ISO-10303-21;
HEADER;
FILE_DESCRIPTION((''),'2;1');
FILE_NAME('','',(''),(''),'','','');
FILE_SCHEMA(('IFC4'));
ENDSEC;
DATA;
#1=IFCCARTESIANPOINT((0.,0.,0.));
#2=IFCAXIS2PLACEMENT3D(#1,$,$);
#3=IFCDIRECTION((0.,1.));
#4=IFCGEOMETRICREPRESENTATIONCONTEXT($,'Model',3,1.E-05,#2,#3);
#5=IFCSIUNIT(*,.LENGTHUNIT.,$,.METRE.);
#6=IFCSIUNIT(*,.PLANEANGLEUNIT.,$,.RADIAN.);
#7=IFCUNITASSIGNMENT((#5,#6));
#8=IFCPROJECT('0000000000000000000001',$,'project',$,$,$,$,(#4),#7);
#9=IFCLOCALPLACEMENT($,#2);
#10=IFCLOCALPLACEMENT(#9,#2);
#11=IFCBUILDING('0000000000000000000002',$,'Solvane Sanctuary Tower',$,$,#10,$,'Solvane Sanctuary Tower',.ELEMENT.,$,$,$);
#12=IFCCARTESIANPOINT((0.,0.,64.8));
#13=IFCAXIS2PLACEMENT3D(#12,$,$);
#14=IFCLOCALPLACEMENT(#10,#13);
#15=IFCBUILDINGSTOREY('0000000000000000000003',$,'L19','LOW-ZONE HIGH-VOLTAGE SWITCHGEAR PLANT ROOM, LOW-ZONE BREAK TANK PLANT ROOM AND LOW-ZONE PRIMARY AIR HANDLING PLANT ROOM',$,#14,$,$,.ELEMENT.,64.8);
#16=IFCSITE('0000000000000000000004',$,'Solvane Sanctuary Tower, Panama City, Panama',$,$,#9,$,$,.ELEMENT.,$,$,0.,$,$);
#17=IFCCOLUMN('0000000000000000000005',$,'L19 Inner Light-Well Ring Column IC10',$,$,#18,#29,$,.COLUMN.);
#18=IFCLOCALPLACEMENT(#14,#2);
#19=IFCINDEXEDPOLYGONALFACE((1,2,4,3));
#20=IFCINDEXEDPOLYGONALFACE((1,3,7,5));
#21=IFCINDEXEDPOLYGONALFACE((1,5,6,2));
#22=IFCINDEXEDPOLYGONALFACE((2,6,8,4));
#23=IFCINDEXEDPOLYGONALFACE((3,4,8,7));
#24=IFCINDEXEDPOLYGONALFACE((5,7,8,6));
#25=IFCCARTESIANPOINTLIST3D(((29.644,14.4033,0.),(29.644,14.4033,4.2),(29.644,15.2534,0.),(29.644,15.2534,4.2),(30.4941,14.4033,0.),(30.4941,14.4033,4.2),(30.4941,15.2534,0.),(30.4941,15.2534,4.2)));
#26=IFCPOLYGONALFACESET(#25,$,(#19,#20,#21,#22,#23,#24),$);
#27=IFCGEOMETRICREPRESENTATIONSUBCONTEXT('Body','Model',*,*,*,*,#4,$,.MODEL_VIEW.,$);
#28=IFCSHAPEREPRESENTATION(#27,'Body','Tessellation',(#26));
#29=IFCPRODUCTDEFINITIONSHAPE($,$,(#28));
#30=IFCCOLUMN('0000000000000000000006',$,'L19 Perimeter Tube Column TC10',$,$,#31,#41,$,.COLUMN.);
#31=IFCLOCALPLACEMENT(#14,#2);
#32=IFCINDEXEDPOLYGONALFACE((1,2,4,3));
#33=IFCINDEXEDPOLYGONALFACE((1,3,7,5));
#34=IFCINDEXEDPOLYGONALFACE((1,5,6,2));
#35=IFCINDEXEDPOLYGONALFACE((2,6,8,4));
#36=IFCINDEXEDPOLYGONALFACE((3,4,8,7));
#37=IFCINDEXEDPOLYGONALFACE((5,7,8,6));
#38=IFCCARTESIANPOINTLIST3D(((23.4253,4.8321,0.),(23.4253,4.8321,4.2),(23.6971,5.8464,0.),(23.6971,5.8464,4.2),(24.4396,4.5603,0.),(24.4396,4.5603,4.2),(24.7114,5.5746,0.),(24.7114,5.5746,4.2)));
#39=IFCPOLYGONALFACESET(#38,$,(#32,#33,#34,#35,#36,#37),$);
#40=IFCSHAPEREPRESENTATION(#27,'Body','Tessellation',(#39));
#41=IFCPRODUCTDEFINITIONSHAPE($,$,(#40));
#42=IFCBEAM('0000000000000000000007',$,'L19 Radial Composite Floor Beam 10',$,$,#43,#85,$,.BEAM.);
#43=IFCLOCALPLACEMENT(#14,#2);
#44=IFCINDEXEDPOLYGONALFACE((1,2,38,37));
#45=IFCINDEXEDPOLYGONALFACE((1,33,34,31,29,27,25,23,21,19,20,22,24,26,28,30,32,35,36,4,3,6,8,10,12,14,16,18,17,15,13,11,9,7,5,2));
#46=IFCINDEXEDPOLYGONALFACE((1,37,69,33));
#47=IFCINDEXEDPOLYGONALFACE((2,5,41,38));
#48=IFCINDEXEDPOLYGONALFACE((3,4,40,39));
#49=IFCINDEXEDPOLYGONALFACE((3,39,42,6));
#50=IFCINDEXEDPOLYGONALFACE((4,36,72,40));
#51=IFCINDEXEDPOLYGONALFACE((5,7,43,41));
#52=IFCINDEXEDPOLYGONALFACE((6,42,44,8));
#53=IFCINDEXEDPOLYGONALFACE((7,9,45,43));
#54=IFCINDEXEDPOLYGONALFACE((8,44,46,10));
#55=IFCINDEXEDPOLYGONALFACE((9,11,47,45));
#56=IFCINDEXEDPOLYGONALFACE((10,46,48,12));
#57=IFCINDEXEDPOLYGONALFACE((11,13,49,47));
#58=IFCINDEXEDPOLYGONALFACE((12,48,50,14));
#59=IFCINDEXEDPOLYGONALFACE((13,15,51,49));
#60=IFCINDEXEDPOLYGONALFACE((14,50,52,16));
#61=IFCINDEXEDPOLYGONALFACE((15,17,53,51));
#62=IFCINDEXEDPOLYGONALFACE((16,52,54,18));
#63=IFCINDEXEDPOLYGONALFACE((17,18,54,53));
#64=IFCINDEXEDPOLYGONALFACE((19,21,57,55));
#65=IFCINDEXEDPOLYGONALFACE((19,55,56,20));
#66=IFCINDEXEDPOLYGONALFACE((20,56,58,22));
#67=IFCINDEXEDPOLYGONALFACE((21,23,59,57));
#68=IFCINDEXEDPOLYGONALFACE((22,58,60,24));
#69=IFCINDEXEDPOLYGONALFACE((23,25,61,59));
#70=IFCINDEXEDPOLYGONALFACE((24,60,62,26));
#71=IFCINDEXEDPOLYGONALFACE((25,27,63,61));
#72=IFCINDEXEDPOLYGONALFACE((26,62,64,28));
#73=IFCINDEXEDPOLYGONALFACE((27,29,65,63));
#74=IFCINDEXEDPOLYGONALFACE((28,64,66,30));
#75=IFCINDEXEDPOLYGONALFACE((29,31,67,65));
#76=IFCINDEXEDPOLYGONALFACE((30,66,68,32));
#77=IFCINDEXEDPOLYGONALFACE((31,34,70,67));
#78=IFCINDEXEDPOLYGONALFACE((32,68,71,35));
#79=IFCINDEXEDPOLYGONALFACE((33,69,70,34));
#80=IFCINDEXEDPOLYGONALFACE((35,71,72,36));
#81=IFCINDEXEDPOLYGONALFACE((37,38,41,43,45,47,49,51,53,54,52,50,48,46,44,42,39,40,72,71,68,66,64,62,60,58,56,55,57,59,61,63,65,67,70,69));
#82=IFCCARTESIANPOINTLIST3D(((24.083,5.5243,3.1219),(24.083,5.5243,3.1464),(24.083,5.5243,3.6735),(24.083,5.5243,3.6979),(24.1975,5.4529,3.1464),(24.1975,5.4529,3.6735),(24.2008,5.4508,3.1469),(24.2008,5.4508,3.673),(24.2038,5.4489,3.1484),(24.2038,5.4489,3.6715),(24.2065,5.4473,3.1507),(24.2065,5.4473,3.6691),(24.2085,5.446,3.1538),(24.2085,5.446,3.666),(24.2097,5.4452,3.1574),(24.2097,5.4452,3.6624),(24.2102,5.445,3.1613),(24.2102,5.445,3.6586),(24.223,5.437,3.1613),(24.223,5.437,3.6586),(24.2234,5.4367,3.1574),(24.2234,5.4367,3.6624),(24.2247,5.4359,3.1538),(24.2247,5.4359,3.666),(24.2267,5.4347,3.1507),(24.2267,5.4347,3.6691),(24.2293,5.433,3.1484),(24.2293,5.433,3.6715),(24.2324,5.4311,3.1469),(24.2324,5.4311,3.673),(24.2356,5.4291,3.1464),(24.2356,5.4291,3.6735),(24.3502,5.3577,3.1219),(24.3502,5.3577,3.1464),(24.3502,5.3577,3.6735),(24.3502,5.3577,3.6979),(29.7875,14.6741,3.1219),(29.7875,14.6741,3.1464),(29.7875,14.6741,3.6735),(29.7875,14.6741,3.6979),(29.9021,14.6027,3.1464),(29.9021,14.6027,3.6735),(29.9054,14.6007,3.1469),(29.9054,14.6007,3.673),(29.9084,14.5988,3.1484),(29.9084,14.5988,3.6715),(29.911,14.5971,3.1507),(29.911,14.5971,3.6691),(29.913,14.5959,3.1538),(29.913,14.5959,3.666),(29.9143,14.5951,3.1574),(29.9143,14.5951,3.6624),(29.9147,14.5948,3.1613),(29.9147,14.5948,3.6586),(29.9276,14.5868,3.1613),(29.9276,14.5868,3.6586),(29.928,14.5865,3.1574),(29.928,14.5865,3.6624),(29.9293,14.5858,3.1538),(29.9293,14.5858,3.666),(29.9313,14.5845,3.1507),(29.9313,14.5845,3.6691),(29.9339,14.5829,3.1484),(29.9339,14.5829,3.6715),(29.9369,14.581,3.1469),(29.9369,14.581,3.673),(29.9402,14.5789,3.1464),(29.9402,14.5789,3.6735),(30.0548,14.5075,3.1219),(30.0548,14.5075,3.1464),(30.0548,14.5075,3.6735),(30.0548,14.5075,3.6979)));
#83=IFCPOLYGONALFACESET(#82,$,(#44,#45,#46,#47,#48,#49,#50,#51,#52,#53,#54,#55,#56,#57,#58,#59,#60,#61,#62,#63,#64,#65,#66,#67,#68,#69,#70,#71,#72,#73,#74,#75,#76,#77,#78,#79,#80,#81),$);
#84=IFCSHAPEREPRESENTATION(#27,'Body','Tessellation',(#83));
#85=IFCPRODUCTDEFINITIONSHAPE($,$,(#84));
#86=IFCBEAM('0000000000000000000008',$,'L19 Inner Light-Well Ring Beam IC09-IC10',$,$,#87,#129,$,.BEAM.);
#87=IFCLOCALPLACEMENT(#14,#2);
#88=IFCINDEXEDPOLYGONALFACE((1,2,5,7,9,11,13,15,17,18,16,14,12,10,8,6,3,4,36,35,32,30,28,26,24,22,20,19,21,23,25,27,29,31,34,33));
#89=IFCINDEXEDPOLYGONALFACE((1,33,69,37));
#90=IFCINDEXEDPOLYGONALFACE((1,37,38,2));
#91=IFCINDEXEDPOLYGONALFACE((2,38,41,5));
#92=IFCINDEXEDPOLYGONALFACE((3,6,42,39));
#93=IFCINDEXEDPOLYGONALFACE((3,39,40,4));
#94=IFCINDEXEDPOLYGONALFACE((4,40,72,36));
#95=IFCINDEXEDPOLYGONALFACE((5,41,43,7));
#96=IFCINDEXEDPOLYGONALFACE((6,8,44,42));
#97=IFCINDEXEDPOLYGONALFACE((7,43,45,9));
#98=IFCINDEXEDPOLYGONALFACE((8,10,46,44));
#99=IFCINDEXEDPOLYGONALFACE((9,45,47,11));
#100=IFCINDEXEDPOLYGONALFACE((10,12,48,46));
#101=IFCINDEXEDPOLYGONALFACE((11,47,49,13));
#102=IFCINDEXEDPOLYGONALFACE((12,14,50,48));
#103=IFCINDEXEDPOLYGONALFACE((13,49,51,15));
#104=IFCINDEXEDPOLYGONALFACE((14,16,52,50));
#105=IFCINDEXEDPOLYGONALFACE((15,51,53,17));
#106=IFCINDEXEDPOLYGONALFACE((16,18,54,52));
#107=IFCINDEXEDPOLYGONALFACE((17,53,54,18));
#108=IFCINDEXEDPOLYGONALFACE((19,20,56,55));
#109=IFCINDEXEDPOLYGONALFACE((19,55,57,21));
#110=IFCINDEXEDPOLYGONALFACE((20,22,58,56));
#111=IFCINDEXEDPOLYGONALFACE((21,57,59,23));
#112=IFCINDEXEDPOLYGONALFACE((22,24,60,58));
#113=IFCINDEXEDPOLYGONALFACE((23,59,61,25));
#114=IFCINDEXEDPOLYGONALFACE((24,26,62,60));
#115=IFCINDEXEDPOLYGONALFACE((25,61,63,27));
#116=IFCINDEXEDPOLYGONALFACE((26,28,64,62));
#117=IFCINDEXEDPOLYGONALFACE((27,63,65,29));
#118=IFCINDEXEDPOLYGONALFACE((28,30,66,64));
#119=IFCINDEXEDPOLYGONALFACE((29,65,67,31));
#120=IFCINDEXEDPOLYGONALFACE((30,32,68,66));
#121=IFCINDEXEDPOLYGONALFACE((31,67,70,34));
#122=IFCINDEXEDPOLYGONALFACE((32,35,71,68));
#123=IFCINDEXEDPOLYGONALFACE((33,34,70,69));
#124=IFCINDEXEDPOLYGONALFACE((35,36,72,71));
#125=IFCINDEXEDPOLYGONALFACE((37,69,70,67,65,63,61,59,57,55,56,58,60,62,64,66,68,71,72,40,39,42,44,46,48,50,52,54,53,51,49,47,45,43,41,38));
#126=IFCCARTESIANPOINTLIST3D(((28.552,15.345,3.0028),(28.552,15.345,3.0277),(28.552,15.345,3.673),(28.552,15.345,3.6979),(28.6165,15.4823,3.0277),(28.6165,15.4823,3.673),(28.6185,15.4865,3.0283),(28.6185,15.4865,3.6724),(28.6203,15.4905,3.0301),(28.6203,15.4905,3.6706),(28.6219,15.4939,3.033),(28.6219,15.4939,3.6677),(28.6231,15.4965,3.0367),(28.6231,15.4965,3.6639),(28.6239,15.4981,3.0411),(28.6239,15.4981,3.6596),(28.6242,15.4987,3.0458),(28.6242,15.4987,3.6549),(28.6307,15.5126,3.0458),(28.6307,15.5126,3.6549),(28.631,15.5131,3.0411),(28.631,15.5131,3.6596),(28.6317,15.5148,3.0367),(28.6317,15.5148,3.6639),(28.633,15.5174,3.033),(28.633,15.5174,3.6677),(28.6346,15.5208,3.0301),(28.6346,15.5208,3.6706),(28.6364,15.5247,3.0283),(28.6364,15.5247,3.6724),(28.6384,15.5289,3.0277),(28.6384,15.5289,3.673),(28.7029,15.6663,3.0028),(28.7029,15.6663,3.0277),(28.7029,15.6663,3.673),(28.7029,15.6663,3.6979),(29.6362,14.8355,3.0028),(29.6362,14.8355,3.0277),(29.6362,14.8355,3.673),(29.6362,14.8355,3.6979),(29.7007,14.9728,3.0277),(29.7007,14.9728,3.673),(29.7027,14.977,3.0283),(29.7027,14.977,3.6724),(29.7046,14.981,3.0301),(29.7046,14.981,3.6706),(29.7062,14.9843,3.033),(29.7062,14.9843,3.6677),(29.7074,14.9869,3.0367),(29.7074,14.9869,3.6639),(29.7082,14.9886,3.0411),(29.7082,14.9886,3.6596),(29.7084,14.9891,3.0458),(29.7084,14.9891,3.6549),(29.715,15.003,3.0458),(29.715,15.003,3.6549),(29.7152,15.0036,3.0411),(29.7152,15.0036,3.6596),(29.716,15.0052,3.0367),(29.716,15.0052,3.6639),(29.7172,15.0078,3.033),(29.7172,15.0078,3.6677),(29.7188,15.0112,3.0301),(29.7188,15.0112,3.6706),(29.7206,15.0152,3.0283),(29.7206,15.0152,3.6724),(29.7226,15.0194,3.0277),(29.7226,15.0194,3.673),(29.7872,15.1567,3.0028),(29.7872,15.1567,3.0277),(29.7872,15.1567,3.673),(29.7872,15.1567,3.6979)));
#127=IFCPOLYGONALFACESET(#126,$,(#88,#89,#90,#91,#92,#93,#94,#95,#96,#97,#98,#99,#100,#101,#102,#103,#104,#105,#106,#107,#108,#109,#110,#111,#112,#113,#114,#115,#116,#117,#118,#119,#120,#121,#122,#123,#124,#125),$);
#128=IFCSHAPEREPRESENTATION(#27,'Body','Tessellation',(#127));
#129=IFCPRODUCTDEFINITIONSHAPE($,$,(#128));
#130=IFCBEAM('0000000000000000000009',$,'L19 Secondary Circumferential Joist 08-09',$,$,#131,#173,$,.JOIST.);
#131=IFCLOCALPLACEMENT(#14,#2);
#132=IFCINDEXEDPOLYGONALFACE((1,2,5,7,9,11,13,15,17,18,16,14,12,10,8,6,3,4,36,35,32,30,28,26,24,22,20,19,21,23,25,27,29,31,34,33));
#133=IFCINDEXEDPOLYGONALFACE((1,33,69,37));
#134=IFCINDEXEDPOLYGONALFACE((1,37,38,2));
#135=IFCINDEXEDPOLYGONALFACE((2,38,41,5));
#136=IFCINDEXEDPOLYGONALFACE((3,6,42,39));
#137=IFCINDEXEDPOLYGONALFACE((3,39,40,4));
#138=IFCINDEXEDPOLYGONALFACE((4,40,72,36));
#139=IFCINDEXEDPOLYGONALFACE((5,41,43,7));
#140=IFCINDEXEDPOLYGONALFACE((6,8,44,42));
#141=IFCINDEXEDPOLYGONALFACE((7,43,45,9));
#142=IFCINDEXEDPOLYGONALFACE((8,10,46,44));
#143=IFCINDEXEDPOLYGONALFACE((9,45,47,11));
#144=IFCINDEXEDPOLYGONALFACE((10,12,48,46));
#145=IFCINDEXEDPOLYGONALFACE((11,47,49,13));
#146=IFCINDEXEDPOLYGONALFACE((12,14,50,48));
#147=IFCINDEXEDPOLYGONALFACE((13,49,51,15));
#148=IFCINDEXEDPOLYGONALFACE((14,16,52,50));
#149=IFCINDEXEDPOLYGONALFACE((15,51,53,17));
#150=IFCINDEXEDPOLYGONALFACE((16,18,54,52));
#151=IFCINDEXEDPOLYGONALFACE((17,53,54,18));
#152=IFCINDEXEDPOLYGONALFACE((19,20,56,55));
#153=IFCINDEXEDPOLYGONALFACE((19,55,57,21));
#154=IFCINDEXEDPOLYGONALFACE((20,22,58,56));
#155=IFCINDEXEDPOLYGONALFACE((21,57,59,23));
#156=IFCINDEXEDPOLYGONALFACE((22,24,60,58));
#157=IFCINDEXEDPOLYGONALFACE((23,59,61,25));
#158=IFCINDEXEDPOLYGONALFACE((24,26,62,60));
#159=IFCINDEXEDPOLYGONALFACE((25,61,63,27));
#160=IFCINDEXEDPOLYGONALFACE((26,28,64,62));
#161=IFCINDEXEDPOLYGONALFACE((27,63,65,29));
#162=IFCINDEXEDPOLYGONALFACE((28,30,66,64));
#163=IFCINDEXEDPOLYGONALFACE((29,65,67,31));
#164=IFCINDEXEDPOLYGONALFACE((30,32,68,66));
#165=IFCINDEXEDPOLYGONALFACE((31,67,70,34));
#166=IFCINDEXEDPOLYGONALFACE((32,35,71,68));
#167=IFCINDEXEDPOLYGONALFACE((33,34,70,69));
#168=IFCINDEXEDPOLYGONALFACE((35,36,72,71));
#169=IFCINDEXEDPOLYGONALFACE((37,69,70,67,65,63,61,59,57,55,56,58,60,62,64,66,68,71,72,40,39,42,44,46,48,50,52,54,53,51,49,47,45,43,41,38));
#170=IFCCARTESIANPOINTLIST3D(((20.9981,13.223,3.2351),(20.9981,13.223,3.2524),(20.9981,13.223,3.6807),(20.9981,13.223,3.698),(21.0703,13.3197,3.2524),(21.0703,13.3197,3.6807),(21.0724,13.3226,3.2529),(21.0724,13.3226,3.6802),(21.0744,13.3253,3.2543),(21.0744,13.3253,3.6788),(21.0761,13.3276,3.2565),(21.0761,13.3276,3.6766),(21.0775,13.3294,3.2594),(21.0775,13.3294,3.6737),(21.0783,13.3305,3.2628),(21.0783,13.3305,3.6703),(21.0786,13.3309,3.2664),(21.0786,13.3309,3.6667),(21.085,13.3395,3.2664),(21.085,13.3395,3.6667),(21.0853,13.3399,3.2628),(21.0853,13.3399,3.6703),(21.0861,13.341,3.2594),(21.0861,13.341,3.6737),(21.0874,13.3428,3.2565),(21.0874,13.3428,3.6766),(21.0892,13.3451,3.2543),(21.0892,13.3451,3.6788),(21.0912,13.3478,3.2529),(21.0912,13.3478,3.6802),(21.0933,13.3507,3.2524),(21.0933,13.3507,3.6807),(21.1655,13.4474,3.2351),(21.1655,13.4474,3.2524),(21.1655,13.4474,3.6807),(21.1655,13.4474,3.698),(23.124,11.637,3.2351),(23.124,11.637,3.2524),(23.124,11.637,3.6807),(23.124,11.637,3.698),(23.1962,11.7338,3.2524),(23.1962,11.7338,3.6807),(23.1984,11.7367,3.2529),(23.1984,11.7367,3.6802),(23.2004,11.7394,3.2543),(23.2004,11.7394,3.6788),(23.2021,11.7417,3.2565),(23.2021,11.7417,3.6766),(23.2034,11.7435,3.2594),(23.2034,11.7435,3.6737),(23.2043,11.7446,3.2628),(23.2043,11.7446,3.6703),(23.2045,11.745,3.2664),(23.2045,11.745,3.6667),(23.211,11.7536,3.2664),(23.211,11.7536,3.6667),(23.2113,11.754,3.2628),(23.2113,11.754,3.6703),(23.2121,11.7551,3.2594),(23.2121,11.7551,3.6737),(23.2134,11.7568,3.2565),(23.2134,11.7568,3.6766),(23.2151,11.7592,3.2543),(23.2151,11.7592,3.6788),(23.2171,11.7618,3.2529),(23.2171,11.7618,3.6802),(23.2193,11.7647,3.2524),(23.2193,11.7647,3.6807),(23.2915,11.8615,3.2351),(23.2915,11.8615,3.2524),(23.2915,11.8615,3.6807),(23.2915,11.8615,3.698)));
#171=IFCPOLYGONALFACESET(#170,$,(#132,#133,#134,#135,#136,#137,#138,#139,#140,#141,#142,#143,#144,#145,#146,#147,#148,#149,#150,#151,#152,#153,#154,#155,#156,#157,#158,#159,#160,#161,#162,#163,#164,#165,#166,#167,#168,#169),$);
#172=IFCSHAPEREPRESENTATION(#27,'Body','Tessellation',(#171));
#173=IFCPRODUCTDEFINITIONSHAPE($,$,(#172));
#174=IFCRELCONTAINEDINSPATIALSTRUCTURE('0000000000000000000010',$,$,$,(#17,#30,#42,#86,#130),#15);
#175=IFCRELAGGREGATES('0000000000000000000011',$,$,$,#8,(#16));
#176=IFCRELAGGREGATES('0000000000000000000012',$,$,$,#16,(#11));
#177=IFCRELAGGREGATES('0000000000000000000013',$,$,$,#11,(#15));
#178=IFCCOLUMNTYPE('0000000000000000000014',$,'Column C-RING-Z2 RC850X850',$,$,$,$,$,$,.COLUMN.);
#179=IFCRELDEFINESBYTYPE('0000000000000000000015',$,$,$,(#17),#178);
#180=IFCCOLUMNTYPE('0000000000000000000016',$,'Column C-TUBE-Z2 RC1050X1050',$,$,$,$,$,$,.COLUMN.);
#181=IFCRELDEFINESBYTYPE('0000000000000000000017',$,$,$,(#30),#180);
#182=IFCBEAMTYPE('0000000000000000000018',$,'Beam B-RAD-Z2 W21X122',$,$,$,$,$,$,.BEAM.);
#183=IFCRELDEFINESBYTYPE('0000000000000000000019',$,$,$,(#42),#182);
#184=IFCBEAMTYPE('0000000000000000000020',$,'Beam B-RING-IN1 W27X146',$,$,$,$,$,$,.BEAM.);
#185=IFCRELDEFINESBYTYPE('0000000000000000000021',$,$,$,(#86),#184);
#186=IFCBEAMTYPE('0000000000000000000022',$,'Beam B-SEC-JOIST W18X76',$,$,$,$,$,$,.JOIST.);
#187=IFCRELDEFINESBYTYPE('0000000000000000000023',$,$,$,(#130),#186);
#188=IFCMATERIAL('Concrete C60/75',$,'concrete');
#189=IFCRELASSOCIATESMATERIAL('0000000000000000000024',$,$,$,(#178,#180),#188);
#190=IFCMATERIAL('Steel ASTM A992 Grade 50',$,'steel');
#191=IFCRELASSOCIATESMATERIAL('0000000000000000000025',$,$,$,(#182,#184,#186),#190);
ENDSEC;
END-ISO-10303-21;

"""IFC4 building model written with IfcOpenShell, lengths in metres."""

from ifc_helpers import new_model, si_unit, direction, frame, origin, origin_2d, place, context, subcontext, project, spatial, rectangle, i_section, extrude, material, material_profile, profile_set, type_object, element, save


model = new_model("IFC4")

# Units and contexts
model_context = context("Model", 3, precision=1e-05, world=origin(), true_north=direction((0.0, 1.0)))
body_context = subcontext(model_context, "Body", "Model", "MODEL_VIEW")
ifc_project = project(units=[si_unit("LENGTHUNIT", "METRE"), si_unit("PLANEANGLEUNIT", "RADIAN")], contexts=[model_context])

# Site, building, storey
site_placement = place(None, origin())
site = spatial("IfcSite", under=ifc_project, at=site_placement, Name="Solvane Sanctuary Tower, Panama City, Panama", CompositionType="ELEMENT", RefElevation=0.0)
building_placement = place(site_placement, origin())
building = spatial("IfcBuilding", under=site, at=building_placement, Name="Solvane Sanctuary Tower", LongName="Solvane Sanctuary Tower", CompositionType="ELEMENT")
storey_placement = place(building_placement, frame((0.0, 0.0, 64.8)))
storey = spatial("IfcBuildingStorey", under=building, at=storey_placement, Name="L19", Description="LOW-ZONE HIGH-VOLTAGE SWITCHGEAR PLANT ROOM, LOW-ZONE BREAK TANK PLANT ROOM AND LOW-ZONE PRIMARY AIR HANDLING PLANT ROOM", CompositionType="ELEMENT", Elevation=64.8)

# Columns
ifc_material_1 = material(Name="Concrete C60/75", Category="concrete")
ifc_material_profile_1 = material_profile(ifc_material_1, rectangle(XDim=0.8501, YDim=0.8501, at=origin_2d()), Name="RC850X850")
ifc_profile_set_1 = profile_set([ifc_material_profile_1], Name="Concrete C60/75")
column_type_1 = type_object("IfcColumnType", Name="Column C-RING-Z2 RC850X850", PredefinedType="COLUMN", material=ifc_profile_set_1)
column_1_placement = place(storey_placement, frame((30.0691, 14.8284, 0.0), z_axis=(0.0, 0.0, 1.0), x_axis=(1.0, 0.0, 0.0)))
element("IfcColumn", 1, at=column_1_placement, inside=storey, type_object=column_type_1, Name="L19 Inner Light-Well Ring Column IC10", PredefinedType="COLUMN", context=body_context, shape_type="SweptSolid", body=[
    extrude(rectangle(XDim=0.8501, YDim=0.8501, at=origin_2d()), origin(), (0.0, 0.0, 1.0), 4.2),
])
ifc_material_profile_2 = material_profile(ifc_material_1, rectangle(XDim=1.05, YDim=1.05, at=origin_2d()), Name="RC1050X1050")
ifc_profile_set_2 = profile_set([ifc_material_profile_2], Name="Concrete C60/75")
column_type_2 = type_object("IfcColumnType", Name="Column C-TUBE-Z2 RC1050X1050", PredefinedType="COLUMN", material=ifc_profile_set_2)
column_2_placement = place(storey_placement, frame((24.0684, 5.2034, 0.0), z_axis=(0.0, 0.0, 1.0), x_axis=(-0.258819, -0.965926, 0.0)))
element("IfcColumn", 2, at=column_2_placement, inside=storey, type_object=column_type_2, Name="L19 Perimeter Tube Column TC10", PredefinedType="COLUMN", context=body_context, shape_type="SweptSolid", body=[
    extrude(rectangle(XDim=1.05, YDim=1.05, at=origin_2d()), origin(), (0.0, 0.0, 1.0), 4.2),
])

# Beams
ifc_material_2 = material(Name="Steel ASTM A992 Grade 50", Category="steel")
ifc_material_profile_3 = material_profile(ifc_material_2, i_section(OverallWidth=0.3149, OverallDepth=0.5759, WebThickness=0.0151, FlangeThickness=0.0244, FilletRadius=0.0149, at=origin_2d()), Name="W21X122")
ifc_profile_set_3 = profile_set([ifc_material_profile_3], Name="Steel ASTM A992 Grade 50")
beam_type_1 = type_object("IfcBeamType", Name="Beam B-RAD-Z2 W21X122", PredefinedType="BEAM", material=ifc_profile_set_3)
beam_1_placement = place(storey_placement, frame((29.9211, 14.5908, 3.4099), z_axis=(-0.529058, -0.848585, 0.0), x_axis=(0.848585, -0.529058, 0.0)))
element("IfcBeam", 3, at=beam_1_placement, inside=storey, type_object=beam_type_1, Name="L19 Radial Composite Floor Beam 10", PredefinedType="BEAM", context=body_context, shape_type="SweptSolid", body=[
    extrude(i_section(OverallWidth=0.3149, OverallDepth=0.5759, WebThickness=0.0151, FlangeThickness=0.0244, FilletRadius=0.0149, at=origin_2d()), origin(), (0.0, 0.0, 1.0), 10.7825),
])
ifc_material_profile_4 = material_profile(ifc_material_2, i_section(OverallWidth=0.355, OverallDepth=0.6951, WebThickness=0.0154, FlangeThickness=0.0249, FilletRadius=0.0181, at=origin_2d()), Name="W27X146")
ifc_profile_set_4 = profile_set([ifc_material_profile_4], Name="Steel ASTM A992 Grade 50")
beam_type_2 = type_object("IfcBeamType", Name="Beam B-RING-IN1 W27X146", PredefinedType="BEAM", material=ifc_profile_set_4)
beam_2_placement = place(storey_placement, frame((28.6274, 15.5056, 3.3503), z_axis=(0.905045, -0.425316, 0.0), x_axis=(0.425316, 0.905045, 0.0)))
element("IfcBeam", 4, at=beam_2_placement, inside=storey, type_object=beam_type_2, Name="L19 Inner Light-Well Ring Beam IC09-IC10", PredefinedType="BEAM", context=body_context, shape_type="SweptSolid", body=[
    extrude(i_section(OverallWidth=0.355, OverallDepth=0.6951, WebThickness=0.0154, FlangeThickness=0.0249, FilletRadius=0.0181, at=origin_2d()), origin(), (0.0, 0.0, 1.0), 1.198),
])
ifc_material_profile_5 = material_profile(ifc_material_2, i_section(OverallWidth=0.28, OverallDepth=0.4629, WebThickness=0.0107, FlangeThickness=0.0173, FilletRadius=0.0139, at=origin_2d()), Name="W18X76")
ifc_profile_set_5 = profile_set([ifc_material_profile_5], Name="Steel ASTM A992 Grade 50")
beam_type_3 = type_object("IfcBeamType", Name="Beam B-SEC-JOIST W18X76", PredefinedType="JOIST", material=ifc_profile_set_5)
beam_3_placement = place(storey_placement, frame((21.0818, 13.3352, 3.4666), z_axis=(0.801544, -0.597936, 0.0), x_axis=(0.597936, 0.801544, 0.0)))
element("IfcBeam", 5, at=beam_3_placement, inside=storey, type_object=beam_type_3, Name="L19 Secondary Circumferential Joist 08-09", PredefinedType="JOIST", context=body_context, shape_type="SweptSolid", body=[
    extrude(i_section(OverallWidth=0.28, OverallDepth=0.4629, WebThickness=0.0107, FlangeThickness=0.0173, FilletRadius=0.0139, at=origin_2d()), origin(), (0.0, 0.0, 1.0), 2.6523),
])

save(model, "model.ifc")
